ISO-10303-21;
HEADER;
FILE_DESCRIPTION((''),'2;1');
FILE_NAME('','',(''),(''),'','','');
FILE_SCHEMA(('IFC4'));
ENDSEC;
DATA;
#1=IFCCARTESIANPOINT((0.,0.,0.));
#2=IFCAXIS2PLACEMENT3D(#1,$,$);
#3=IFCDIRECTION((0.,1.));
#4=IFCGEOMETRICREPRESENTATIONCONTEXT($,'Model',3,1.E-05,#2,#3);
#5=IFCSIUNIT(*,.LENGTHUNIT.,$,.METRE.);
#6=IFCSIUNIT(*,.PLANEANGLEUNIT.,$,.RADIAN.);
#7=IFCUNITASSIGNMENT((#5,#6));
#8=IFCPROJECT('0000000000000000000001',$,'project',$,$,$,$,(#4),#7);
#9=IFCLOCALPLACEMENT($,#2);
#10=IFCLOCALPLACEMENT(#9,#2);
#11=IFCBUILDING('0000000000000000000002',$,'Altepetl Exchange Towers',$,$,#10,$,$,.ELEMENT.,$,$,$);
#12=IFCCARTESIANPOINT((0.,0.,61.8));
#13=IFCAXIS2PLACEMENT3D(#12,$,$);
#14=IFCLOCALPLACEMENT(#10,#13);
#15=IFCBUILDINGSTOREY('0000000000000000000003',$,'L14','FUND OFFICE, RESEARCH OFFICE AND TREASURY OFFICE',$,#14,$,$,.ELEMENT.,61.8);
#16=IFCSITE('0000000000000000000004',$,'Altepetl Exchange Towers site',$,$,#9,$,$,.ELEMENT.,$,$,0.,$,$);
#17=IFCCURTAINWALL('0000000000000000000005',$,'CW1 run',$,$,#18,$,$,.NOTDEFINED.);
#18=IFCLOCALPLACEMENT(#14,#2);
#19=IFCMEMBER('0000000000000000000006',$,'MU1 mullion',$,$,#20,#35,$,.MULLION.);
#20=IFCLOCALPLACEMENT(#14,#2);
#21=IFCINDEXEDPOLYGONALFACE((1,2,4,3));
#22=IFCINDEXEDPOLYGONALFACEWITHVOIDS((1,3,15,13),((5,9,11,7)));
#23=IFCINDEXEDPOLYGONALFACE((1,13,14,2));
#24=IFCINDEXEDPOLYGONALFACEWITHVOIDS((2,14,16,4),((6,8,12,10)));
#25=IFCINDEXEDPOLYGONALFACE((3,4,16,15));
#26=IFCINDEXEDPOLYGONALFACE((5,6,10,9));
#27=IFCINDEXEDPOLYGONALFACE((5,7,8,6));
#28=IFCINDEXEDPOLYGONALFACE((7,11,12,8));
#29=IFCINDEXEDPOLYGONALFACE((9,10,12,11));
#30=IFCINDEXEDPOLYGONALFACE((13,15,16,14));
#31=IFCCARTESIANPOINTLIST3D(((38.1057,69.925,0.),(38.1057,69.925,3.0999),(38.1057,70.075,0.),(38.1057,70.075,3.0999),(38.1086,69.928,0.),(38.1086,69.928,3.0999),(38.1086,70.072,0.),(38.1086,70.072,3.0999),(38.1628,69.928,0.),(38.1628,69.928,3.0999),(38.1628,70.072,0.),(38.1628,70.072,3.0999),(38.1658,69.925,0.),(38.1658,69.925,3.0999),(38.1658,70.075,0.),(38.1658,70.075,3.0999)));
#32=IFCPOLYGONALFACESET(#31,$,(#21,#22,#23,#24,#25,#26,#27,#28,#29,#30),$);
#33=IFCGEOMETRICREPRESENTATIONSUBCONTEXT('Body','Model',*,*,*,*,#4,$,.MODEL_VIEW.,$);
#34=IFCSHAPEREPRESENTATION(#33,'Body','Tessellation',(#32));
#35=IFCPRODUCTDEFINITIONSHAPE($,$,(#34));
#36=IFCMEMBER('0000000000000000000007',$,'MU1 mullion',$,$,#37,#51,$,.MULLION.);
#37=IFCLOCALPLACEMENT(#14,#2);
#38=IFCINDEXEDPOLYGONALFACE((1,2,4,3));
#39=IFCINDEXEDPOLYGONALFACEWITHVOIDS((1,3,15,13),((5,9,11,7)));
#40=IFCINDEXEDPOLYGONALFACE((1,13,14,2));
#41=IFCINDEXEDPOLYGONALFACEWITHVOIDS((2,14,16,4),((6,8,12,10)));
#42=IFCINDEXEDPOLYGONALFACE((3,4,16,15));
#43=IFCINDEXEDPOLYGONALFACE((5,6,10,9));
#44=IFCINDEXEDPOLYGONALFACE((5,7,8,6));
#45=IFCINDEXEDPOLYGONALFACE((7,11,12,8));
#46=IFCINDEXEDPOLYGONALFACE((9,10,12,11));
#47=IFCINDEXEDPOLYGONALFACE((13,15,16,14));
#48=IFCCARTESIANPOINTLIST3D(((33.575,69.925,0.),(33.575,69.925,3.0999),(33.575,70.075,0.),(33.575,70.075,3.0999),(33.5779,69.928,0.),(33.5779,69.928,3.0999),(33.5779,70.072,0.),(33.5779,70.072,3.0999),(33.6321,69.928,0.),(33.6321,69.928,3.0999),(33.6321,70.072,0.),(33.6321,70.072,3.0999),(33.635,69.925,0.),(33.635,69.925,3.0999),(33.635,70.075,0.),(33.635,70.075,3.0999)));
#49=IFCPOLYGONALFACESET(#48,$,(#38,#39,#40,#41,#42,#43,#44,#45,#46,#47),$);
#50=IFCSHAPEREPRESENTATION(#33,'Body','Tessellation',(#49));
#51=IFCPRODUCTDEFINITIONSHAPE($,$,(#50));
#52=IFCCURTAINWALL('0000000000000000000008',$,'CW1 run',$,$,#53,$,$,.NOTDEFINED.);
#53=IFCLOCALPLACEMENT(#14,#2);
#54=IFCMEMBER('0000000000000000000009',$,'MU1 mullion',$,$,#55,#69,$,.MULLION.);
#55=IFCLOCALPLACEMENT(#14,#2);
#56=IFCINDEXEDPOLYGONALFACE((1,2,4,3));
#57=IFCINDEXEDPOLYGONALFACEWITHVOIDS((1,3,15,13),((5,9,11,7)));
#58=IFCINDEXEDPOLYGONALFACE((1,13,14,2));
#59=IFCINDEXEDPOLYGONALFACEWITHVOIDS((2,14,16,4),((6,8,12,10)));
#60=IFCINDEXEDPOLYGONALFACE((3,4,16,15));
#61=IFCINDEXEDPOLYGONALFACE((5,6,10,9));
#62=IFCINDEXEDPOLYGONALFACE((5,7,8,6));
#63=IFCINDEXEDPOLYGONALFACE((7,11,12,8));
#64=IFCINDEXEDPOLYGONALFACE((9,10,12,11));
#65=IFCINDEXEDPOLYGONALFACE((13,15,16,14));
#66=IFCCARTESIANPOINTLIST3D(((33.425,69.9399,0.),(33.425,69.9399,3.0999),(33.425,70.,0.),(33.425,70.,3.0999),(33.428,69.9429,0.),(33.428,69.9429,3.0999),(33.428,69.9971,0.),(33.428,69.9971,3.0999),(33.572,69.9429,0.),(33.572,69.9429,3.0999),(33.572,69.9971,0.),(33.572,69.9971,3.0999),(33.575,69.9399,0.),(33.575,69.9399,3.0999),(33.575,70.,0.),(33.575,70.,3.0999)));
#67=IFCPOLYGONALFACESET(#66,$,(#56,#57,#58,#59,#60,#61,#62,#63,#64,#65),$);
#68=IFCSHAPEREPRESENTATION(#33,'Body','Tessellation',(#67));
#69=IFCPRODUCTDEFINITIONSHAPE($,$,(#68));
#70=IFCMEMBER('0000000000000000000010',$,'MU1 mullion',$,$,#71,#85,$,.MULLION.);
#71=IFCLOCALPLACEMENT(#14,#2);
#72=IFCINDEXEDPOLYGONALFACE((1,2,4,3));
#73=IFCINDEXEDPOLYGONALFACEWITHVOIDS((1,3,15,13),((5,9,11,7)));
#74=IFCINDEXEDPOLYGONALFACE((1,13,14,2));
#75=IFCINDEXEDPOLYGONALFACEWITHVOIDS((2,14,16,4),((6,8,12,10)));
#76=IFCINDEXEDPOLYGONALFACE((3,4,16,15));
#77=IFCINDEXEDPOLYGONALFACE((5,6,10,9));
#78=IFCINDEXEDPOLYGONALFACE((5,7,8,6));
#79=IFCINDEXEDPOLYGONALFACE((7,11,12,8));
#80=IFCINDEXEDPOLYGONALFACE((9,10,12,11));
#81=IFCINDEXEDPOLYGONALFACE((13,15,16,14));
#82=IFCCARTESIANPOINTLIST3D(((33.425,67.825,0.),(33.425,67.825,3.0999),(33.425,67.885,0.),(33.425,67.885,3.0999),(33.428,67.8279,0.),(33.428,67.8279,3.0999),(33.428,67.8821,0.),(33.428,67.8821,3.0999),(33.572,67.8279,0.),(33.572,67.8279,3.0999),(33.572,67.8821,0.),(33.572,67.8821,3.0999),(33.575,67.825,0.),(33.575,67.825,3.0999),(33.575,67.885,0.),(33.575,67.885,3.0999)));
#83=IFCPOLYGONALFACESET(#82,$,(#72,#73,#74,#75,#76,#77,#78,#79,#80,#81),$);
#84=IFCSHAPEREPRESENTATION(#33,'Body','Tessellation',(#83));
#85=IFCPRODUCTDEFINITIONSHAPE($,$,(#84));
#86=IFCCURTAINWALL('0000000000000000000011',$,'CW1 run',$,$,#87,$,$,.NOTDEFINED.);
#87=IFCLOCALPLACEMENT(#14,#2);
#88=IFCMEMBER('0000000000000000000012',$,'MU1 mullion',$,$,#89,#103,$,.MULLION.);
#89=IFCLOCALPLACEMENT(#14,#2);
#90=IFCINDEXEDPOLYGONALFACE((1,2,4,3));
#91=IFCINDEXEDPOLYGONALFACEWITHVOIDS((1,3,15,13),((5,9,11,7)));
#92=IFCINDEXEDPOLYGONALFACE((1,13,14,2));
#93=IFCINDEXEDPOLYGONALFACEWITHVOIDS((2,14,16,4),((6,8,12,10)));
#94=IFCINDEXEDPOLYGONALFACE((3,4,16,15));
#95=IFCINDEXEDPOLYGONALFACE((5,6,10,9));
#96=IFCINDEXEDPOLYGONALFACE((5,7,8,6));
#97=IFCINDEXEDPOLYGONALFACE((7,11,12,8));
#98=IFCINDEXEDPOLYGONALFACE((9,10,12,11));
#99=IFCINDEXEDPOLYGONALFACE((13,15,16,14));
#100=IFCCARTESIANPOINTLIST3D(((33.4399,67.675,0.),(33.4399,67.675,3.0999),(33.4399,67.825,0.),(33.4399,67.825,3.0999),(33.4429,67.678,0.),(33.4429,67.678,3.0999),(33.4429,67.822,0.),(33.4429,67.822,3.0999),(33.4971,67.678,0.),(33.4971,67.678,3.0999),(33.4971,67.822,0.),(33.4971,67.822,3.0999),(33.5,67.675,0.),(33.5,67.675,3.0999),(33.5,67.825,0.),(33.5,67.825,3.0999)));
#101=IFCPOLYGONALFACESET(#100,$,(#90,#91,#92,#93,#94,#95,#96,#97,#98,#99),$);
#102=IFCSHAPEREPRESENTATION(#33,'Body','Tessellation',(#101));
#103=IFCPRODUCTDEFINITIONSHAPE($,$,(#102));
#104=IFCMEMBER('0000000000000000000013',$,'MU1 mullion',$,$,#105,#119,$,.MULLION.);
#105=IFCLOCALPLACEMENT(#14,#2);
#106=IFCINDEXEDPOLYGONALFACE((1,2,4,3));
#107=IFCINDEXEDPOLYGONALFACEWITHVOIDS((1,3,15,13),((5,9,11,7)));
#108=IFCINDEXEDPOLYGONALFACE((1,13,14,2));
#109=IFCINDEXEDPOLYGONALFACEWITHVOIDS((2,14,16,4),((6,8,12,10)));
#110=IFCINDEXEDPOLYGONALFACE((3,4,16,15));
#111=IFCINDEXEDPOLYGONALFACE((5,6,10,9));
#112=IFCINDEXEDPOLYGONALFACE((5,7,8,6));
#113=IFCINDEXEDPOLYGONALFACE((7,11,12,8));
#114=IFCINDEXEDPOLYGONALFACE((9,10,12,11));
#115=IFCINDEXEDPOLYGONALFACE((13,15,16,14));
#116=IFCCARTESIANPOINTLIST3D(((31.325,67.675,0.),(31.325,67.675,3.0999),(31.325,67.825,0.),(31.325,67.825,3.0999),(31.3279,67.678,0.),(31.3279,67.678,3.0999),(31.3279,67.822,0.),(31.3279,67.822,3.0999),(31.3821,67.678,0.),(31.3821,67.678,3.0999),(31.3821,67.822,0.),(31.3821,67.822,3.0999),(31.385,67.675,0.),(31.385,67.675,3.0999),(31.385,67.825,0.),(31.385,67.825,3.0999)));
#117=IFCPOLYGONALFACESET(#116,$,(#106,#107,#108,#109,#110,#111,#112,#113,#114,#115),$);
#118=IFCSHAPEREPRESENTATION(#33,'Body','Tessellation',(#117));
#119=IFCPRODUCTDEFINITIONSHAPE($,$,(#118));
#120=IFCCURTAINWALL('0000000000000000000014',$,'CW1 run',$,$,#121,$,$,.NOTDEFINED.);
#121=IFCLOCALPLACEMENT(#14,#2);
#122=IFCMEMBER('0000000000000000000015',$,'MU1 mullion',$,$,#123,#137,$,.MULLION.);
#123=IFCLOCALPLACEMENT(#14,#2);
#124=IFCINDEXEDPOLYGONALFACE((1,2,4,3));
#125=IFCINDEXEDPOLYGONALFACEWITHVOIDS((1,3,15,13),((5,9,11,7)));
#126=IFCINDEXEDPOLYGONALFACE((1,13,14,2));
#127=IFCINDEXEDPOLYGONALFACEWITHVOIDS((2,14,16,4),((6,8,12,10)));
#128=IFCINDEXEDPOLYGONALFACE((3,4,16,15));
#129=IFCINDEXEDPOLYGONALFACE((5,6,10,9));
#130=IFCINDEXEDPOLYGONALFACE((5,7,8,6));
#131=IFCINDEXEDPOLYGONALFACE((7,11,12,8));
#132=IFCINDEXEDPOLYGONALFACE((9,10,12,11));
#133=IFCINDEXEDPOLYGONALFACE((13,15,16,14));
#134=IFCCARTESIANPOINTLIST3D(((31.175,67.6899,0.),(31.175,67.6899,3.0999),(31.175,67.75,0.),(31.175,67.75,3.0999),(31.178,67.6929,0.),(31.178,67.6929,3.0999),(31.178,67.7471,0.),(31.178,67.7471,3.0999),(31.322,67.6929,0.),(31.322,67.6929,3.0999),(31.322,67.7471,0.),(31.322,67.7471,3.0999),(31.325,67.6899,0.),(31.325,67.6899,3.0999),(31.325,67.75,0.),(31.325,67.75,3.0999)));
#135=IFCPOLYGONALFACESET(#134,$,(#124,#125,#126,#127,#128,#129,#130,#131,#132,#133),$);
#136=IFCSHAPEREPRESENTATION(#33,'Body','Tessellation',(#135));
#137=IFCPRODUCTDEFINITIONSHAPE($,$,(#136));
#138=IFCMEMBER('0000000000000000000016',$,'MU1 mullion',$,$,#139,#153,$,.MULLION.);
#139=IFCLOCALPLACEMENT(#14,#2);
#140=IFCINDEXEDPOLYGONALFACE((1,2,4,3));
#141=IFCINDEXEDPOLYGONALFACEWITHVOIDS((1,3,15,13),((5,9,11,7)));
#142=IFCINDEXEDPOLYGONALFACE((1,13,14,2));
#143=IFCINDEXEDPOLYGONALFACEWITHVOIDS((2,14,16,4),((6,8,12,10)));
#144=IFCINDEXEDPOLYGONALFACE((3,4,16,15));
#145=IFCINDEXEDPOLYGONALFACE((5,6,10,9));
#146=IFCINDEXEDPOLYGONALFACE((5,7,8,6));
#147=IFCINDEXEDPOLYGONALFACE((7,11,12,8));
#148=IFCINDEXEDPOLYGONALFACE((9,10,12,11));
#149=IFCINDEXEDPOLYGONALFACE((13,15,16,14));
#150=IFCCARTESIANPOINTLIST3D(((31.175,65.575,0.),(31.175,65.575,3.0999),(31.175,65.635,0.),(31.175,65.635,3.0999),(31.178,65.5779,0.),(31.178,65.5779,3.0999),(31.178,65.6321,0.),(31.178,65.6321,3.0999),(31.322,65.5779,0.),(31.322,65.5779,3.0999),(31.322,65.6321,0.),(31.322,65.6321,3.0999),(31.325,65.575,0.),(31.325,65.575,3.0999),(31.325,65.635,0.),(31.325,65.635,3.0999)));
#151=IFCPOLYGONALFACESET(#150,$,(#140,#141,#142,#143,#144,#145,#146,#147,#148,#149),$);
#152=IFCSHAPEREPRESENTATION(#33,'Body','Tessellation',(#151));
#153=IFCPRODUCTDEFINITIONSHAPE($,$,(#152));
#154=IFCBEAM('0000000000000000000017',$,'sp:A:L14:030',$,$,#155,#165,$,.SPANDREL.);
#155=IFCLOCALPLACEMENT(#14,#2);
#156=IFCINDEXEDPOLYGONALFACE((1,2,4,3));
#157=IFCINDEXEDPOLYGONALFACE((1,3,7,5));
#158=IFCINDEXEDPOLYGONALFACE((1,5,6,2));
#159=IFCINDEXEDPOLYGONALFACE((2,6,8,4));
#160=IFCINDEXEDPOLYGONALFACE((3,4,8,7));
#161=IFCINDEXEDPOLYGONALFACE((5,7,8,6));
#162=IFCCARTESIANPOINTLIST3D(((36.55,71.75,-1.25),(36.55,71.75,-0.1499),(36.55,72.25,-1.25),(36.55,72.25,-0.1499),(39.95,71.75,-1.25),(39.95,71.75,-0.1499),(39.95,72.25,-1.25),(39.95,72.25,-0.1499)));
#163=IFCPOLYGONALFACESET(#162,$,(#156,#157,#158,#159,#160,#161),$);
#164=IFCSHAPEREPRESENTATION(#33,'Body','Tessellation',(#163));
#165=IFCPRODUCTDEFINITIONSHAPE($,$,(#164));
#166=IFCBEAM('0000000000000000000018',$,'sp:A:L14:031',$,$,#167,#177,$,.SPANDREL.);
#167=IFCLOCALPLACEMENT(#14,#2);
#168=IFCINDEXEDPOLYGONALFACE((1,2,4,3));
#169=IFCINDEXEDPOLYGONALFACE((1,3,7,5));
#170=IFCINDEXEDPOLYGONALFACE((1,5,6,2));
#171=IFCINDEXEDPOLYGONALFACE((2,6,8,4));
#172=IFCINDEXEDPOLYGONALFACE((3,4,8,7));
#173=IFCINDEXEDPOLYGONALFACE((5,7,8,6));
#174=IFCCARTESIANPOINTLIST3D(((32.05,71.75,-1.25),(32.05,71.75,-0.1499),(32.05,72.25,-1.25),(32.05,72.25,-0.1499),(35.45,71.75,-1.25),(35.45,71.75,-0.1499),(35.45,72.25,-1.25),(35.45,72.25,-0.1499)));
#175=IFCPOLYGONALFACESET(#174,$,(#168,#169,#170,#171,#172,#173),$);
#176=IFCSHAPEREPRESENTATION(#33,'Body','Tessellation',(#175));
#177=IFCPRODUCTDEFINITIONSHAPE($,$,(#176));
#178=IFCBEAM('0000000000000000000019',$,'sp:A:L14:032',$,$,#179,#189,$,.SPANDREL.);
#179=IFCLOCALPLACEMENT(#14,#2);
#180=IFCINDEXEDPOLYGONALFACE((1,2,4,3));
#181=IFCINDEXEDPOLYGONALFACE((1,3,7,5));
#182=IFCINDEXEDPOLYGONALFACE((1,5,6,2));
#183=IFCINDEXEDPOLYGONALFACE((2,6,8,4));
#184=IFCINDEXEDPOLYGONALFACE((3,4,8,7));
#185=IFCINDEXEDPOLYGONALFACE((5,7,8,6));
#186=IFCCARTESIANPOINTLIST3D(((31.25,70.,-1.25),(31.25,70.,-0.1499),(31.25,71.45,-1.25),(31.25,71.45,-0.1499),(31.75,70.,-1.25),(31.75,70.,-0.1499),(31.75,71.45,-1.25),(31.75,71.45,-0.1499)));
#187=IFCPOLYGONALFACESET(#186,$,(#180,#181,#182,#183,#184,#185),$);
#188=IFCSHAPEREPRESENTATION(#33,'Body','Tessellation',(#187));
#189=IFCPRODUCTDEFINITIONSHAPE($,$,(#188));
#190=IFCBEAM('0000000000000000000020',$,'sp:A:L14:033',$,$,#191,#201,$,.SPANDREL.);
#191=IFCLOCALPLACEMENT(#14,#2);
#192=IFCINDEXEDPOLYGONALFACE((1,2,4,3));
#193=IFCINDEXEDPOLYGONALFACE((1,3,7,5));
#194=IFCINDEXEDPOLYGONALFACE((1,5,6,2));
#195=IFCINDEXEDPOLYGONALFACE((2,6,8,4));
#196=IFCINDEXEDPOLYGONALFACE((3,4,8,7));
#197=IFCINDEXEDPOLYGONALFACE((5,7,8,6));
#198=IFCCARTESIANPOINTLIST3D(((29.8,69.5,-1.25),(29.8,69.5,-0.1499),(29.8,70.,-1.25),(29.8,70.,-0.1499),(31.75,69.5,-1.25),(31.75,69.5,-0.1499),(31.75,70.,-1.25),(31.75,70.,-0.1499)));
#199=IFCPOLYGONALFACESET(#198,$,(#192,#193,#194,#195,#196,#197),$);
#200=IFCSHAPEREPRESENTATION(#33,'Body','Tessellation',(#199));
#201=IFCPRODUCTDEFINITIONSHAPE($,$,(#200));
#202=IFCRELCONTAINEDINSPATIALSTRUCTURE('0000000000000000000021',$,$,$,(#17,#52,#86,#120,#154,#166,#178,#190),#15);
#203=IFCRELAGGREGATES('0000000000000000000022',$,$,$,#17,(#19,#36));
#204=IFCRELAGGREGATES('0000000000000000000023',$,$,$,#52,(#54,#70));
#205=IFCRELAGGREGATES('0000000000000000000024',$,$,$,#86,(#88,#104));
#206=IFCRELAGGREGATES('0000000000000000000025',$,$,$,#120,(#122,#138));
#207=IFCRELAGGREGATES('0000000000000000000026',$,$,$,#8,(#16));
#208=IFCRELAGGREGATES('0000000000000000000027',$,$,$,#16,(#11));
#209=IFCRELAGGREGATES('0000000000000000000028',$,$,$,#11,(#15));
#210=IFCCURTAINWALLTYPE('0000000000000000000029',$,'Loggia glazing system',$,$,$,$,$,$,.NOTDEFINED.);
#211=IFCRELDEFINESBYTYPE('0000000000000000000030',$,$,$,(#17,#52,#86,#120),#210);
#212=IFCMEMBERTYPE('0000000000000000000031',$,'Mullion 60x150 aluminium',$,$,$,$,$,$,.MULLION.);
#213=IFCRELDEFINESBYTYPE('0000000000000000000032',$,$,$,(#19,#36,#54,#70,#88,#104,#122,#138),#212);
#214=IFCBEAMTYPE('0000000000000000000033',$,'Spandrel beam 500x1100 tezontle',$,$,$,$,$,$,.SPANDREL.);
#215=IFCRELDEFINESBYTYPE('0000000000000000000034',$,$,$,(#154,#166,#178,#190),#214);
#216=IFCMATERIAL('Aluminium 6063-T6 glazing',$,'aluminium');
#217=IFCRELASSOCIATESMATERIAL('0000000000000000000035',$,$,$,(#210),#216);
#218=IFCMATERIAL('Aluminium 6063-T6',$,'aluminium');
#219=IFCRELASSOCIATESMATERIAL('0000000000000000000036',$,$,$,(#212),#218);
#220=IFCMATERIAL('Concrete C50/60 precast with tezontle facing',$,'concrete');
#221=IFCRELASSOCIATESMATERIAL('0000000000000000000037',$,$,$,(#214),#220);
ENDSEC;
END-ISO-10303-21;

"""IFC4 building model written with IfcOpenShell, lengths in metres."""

from ifc_helpers import new_model, si_unit, direction, frame, origin, origin_2d, place, context, subcontext, project, spatial, rectangle, hollow_rectangle, extrude, material, material_profile, profile_set, type_object, element, aggregate, save


model = new_model("IFC4")

# Units and contexts
model_context = context("Model", 3, precision=1e-05, world=origin(), true_north=direction((0.0, 1.0)))
body_context = subcontext(model_context, "Body", "Model", "MODEL_VIEW")
ifc_project = project(units=[si_unit("LENGTHUNIT", "METRE"), si_unit("PLANEANGLEUNIT", "RADIAN")], contexts=[model_context])

# Site, building, storey
site_placement = place(None, origin())
site = spatial("IfcSite", under=ifc_project, at=site_placement, Name="Altepetl Exchange Towers site", CompositionType="ELEMENT", RefElevation=0.0)
building_placement = place(site_placement, origin())
building = spatial("IfcBuilding", under=site, at=building_placement, Name="Altepetl Exchange Towers", CompositionType="ELEMENT")
storey_placement = place(building_placement, frame((0.0, 0.0, 61.8)))
storey = spatial("IfcBuildingStorey", under=building, at=storey_placement, Name="L14", Description="FUND OFFICE, RESEARCH OFFICE AND TREASURY OFFICE", CompositionType="ELEMENT", Elevation=61.8)

# Curtain walls, members
ifc_material_1 = material(Name="Aluminium 6063-T6 glazing", Category="aluminium")
curtain_wall_type = type_object("IfcCurtainWallType", Name="Loggia glazing system", PredefinedType="NOTDEFINED", material=ifc_material_1)
ifc_material_2 = material(Name="Aluminium 6063-T6", Category="aluminium")
ifc_material_profile_1 = material_profile(ifc_material_2, hollow_rectangle(XDim=0.0601, YDim=0.1499, WallThickness=0.0029, at=origin_2d()), Name="Mullion 60x150 aluminium")
ifc_profile_set_1 = profile_set([ifc_material_profile_1], Name="Aluminium 6063-T6")
member_type = type_object("IfcMemberType", Name="Mullion 60x150 aluminium", PredefinedType="MULLION", material=ifc_profile_set_1)
curtain_wall_1_placement = place(storey_placement, origin())
curtain_wall_1 = element("IfcCurtainWall", 1, at=curtain_wall_1_placement, inside=storey, type_object=curtain_wall_type, Name="CW1 run", PredefinedType="NOTDEFINED")
member_1_placement = place(storey_placement, frame((38.1357, 70.0, 0.0), z_axis=(0.0, 0.0, 1.0), x_axis=(-1.0, 0.0, 0.0)))
member_1 = element("IfcMember", 2, at=member_1_placement, type_object=member_type, Name="MU1 mullion", PredefinedType="MULLION", context=body_context, shape_type="SweptSolid", body=[
    extrude(hollow_rectangle(XDim=0.0601, YDim=0.1499, WallThickness=0.0029, at=origin_2d()), origin(), (0.0, 0.0, 1.0), 3.0999),
])
member_2_placement = place(storey_placement, frame((33.605, 70.0, 0.0), z_axis=(0.0, 0.0, 1.0), x_axis=(-1.0, 0.0, 0.0)))
member_2 = element("IfcMember", 3, at=member_2_placement, type_object=member_type, Name="MU1 mullion", PredefinedType="MULLION", context=body_context, shape_type="SweptSolid", body=[
    extrude(hollow_rectangle(XDim=0.0601, YDim=0.1499, WallThickness=0.0029, at=origin_2d()), origin(), (0.0, 0.0, 1.0), 3.0999),
])
curtain_wall_2_placement = place(storey_placement, origin())
curtain_wall_2 = element("IfcCurtainWall", 4, at=curtain_wall_2_placement, inside=storey, type_object=curtain_wall_type, Name="CW1 run", PredefinedType="NOTDEFINED")
member_3_placement = place(storey_placement, frame((33.5, 69.97, 0.0), z_axis=(0.0, 0.0, 1.0), x_axis=(0.0, -1.0, 0.0)))
member_3 = element("IfcMember", 5, at=member_3_placement, type_object=member_type, Name="MU1 mullion", PredefinedType="MULLION", context=body_context, shape_type="SweptSolid", body=[
    extrude(hollow_rectangle(XDim=0.0601, YDim=0.1499, WallThickness=0.0029, at=origin_2d()), origin(), (0.0, 0.0, 1.0), 3.0999),
])
member_4_placement = place(storey_placement, frame((33.5, 67.855, 0.0), z_axis=(0.0, 0.0, 1.0), x_axis=(0.0, -1.0, 0.0)))
member_4 = element("IfcMember", 6, at=member_4_placement, type_object=member_type, Name="MU1 mullion", PredefinedType="MULLION", context=body_context, shape_type="SweptSolid", body=[
    extrude(hollow_rectangle(XDim=0.0601, YDim=0.1499, WallThickness=0.0029, at=origin_2d()), origin(), (0.0, 0.0, 1.0), 3.0999),
])
curtain_wall_3_placement = place(storey_placement, origin())
curtain_wall_3 = element("IfcCurtainWall", 7, at=curtain_wall_3_placement, inside=storey, type_object=curtain_wall_type, Name="CW1 run", PredefinedType="NOTDEFINED")
member_5_placement = place(storey_placement, frame((33.47, 67.75, 0.0), z_axis=(0.0, 0.0, 1.0), x_axis=(-1.0, 0.0, 0.0)))
member_5 = element("IfcMember", 8, at=member_5_placement, type_object=member_type, Name="MU1 mullion", PredefinedType="MULLION", context=body_context, shape_type="SweptSolid", body=[
    extrude(hollow_rectangle(XDim=0.0601, YDim=0.1499, WallThickness=0.0029, at=origin_2d()), origin(), (0.0, 0.0, 1.0), 3.0999),
])
member_6_placement = place(storey_placement, frame((31.355, 67.75, 0.0), z_axis=(0.0, 0.0, 1.0), x_axis=(-1.0, 0.0, 0.0)))
member_6 = element("IfcMember", 9, at=member_6_placement, type_object=member_type, Name="MU1 mullion", PredefinedType="MULLION", context=body_context, shape_type="SweptSolid", body=[
    extrude(hollow_rectangle(XDim=0.0601, YDim=0.1499, WallThickness=0.0029, at=origin_2d()), origin(), (0.0, 0.0, 1.0), 3.0999),
])
curtain_wall_4_placement = place(storey_placement, origin())
curtain_wall_4 = element("IfcCurtainWall", 10, at=curtain_wall_4_placement, inside=storey, type_object=curtain_wall_type, Name="CW1 run", PredefinedType="NOTDEFINED")
member_7_placement = place(storey_placement, frame((31.25, 67.72, 0.0), z_axis=(0.0, 0.0, 1.0), x_axis=(0.0, -1.0, 0.0)))
member_7 = element("IfcMember", 11, at=member_7_placement, type_object=member_type, Name="MU1 mullion", PredefinedType="MULLION", context=body_context, shape_type="SweptSolid", body=[
    extrude(hollow_rectangle(XDim=0.0601, YDim=0.1499, WallThickness=0.0029, at=origin_2d()), origin(), (0.0, 0.0, 1.0), 3.0999),
])
member_8_placement = place(storey_placement, frame((31.25, 65.605, 0.0), z_axis=(0.0, 0.0, 1.0), x_axis=(0.0, -1.0, 0.0)))
member_8 = element("IfcMember", 12, at=member_8_placement, type_object=member_type, Name="MU1 mullion", PredefinedType="MULLION", context=body_context, shape_type="SweptSolid", body=[
    extrude(hollow_rectangle(XDim=0.0601, YDim=0.1499, WallThickness=0.0029, at=origin_2d()), origin(), (0.0, 0.0, 1.0), 3.0999),
])

# Beams
ifc_material_3 = material(Name="Concrete C50/60 precast with tezontle facing", Category="concrete")
ifc_material_profile_2 = material_profile(ifc_material_3, rectangle(XDim=0.5, YDim=1.1001, at=origin_2d()), Name="500 x 1100")
ifc_profile_set_2 = profile_set([ifc_material_profile_2], Name="Concrete C50/60 precast with tezontle facing")
beam_type_1 = type_object("IfcBeamType", Name="Spandrel beam 500x1100 tezontle", PredefinedType="SPANDREL", material=ifc_profile_set_2)
for number, where, z_axis, x_axis, name in (
    (13, (39.95, 72.0, -0.7), (-1.0, 0.0, 0.0), (0.0, -1.0, 0.0), "sp:A:L14:030"),
    (14, (35.45, 72.0, -0.7), (-1.0, 0.0, 0.0), (0.0, -1.0, 0.0), "sp:A:L14:031"),
):
    element("IfcBeam", number, at=place(storey_placement, frame(where, z_axis=z_axis, x_axis=x_axis)), inside=storey, type_object=beam_type_1, Name=name, PredefinedType="SPANDREL", context=body_context, shape_type="SweptSolid", body=[
        extrude(rectangle(XDim=0.5, YDim=1.1001, at=origin_2d()), origin(), (0.0, 0.0, 1.0), 3.3999),
    ])
beam_1_placement = place(storey_placement, frame((31.5, 71.45, -0.7), z_axis=(0.0, -1.0, 0.0), x_axis=(1.0, 0.0, 0.0)))
element("IfcBeam", 15, at=beam_1_placement, inside=storey, type_object=beam_type_1, Name="sp:A:L14:032", PredefinedType="SPANDREL", context=body_context, shape_type="SweptSolid", body=[
    extrude(rectangle(XDim=0.5, YDim=1.1001, at=origin_2d()), origin(), (0.0, 0.0, 1.0), 1.45),
])
beam_2_placement = place(storey_placement, frame((31.75, 69.75, -0.7), z_axis=(-1.0, 0.0, 0.0), x_axis=(0.0, -1.0, 0.0)))
element("IfcBeam", 16, at=beam_2_placement, inside=storey, type_object=beam_type_1, Name="sp:A:L14:033", PredefinedType="SPANDREL", context=body_context, shape_type="SweptSolid", body=[
    extrude(rectangle(XDim=0.5, YDim=1.1001, at=origin_2d()), origin(), (0.0, 0.0, 1.0), 1.95),
])

aggregate(curtain_wall_1, [member_1, member_2])
aggregate(curtain_wall_2, [member_3, member_4])
aggregate(curtain_wall_3, [member_5, member_6])
aggregate(curtain_wall_4, [member_7, member_8])

save(model, "model.ifc")
